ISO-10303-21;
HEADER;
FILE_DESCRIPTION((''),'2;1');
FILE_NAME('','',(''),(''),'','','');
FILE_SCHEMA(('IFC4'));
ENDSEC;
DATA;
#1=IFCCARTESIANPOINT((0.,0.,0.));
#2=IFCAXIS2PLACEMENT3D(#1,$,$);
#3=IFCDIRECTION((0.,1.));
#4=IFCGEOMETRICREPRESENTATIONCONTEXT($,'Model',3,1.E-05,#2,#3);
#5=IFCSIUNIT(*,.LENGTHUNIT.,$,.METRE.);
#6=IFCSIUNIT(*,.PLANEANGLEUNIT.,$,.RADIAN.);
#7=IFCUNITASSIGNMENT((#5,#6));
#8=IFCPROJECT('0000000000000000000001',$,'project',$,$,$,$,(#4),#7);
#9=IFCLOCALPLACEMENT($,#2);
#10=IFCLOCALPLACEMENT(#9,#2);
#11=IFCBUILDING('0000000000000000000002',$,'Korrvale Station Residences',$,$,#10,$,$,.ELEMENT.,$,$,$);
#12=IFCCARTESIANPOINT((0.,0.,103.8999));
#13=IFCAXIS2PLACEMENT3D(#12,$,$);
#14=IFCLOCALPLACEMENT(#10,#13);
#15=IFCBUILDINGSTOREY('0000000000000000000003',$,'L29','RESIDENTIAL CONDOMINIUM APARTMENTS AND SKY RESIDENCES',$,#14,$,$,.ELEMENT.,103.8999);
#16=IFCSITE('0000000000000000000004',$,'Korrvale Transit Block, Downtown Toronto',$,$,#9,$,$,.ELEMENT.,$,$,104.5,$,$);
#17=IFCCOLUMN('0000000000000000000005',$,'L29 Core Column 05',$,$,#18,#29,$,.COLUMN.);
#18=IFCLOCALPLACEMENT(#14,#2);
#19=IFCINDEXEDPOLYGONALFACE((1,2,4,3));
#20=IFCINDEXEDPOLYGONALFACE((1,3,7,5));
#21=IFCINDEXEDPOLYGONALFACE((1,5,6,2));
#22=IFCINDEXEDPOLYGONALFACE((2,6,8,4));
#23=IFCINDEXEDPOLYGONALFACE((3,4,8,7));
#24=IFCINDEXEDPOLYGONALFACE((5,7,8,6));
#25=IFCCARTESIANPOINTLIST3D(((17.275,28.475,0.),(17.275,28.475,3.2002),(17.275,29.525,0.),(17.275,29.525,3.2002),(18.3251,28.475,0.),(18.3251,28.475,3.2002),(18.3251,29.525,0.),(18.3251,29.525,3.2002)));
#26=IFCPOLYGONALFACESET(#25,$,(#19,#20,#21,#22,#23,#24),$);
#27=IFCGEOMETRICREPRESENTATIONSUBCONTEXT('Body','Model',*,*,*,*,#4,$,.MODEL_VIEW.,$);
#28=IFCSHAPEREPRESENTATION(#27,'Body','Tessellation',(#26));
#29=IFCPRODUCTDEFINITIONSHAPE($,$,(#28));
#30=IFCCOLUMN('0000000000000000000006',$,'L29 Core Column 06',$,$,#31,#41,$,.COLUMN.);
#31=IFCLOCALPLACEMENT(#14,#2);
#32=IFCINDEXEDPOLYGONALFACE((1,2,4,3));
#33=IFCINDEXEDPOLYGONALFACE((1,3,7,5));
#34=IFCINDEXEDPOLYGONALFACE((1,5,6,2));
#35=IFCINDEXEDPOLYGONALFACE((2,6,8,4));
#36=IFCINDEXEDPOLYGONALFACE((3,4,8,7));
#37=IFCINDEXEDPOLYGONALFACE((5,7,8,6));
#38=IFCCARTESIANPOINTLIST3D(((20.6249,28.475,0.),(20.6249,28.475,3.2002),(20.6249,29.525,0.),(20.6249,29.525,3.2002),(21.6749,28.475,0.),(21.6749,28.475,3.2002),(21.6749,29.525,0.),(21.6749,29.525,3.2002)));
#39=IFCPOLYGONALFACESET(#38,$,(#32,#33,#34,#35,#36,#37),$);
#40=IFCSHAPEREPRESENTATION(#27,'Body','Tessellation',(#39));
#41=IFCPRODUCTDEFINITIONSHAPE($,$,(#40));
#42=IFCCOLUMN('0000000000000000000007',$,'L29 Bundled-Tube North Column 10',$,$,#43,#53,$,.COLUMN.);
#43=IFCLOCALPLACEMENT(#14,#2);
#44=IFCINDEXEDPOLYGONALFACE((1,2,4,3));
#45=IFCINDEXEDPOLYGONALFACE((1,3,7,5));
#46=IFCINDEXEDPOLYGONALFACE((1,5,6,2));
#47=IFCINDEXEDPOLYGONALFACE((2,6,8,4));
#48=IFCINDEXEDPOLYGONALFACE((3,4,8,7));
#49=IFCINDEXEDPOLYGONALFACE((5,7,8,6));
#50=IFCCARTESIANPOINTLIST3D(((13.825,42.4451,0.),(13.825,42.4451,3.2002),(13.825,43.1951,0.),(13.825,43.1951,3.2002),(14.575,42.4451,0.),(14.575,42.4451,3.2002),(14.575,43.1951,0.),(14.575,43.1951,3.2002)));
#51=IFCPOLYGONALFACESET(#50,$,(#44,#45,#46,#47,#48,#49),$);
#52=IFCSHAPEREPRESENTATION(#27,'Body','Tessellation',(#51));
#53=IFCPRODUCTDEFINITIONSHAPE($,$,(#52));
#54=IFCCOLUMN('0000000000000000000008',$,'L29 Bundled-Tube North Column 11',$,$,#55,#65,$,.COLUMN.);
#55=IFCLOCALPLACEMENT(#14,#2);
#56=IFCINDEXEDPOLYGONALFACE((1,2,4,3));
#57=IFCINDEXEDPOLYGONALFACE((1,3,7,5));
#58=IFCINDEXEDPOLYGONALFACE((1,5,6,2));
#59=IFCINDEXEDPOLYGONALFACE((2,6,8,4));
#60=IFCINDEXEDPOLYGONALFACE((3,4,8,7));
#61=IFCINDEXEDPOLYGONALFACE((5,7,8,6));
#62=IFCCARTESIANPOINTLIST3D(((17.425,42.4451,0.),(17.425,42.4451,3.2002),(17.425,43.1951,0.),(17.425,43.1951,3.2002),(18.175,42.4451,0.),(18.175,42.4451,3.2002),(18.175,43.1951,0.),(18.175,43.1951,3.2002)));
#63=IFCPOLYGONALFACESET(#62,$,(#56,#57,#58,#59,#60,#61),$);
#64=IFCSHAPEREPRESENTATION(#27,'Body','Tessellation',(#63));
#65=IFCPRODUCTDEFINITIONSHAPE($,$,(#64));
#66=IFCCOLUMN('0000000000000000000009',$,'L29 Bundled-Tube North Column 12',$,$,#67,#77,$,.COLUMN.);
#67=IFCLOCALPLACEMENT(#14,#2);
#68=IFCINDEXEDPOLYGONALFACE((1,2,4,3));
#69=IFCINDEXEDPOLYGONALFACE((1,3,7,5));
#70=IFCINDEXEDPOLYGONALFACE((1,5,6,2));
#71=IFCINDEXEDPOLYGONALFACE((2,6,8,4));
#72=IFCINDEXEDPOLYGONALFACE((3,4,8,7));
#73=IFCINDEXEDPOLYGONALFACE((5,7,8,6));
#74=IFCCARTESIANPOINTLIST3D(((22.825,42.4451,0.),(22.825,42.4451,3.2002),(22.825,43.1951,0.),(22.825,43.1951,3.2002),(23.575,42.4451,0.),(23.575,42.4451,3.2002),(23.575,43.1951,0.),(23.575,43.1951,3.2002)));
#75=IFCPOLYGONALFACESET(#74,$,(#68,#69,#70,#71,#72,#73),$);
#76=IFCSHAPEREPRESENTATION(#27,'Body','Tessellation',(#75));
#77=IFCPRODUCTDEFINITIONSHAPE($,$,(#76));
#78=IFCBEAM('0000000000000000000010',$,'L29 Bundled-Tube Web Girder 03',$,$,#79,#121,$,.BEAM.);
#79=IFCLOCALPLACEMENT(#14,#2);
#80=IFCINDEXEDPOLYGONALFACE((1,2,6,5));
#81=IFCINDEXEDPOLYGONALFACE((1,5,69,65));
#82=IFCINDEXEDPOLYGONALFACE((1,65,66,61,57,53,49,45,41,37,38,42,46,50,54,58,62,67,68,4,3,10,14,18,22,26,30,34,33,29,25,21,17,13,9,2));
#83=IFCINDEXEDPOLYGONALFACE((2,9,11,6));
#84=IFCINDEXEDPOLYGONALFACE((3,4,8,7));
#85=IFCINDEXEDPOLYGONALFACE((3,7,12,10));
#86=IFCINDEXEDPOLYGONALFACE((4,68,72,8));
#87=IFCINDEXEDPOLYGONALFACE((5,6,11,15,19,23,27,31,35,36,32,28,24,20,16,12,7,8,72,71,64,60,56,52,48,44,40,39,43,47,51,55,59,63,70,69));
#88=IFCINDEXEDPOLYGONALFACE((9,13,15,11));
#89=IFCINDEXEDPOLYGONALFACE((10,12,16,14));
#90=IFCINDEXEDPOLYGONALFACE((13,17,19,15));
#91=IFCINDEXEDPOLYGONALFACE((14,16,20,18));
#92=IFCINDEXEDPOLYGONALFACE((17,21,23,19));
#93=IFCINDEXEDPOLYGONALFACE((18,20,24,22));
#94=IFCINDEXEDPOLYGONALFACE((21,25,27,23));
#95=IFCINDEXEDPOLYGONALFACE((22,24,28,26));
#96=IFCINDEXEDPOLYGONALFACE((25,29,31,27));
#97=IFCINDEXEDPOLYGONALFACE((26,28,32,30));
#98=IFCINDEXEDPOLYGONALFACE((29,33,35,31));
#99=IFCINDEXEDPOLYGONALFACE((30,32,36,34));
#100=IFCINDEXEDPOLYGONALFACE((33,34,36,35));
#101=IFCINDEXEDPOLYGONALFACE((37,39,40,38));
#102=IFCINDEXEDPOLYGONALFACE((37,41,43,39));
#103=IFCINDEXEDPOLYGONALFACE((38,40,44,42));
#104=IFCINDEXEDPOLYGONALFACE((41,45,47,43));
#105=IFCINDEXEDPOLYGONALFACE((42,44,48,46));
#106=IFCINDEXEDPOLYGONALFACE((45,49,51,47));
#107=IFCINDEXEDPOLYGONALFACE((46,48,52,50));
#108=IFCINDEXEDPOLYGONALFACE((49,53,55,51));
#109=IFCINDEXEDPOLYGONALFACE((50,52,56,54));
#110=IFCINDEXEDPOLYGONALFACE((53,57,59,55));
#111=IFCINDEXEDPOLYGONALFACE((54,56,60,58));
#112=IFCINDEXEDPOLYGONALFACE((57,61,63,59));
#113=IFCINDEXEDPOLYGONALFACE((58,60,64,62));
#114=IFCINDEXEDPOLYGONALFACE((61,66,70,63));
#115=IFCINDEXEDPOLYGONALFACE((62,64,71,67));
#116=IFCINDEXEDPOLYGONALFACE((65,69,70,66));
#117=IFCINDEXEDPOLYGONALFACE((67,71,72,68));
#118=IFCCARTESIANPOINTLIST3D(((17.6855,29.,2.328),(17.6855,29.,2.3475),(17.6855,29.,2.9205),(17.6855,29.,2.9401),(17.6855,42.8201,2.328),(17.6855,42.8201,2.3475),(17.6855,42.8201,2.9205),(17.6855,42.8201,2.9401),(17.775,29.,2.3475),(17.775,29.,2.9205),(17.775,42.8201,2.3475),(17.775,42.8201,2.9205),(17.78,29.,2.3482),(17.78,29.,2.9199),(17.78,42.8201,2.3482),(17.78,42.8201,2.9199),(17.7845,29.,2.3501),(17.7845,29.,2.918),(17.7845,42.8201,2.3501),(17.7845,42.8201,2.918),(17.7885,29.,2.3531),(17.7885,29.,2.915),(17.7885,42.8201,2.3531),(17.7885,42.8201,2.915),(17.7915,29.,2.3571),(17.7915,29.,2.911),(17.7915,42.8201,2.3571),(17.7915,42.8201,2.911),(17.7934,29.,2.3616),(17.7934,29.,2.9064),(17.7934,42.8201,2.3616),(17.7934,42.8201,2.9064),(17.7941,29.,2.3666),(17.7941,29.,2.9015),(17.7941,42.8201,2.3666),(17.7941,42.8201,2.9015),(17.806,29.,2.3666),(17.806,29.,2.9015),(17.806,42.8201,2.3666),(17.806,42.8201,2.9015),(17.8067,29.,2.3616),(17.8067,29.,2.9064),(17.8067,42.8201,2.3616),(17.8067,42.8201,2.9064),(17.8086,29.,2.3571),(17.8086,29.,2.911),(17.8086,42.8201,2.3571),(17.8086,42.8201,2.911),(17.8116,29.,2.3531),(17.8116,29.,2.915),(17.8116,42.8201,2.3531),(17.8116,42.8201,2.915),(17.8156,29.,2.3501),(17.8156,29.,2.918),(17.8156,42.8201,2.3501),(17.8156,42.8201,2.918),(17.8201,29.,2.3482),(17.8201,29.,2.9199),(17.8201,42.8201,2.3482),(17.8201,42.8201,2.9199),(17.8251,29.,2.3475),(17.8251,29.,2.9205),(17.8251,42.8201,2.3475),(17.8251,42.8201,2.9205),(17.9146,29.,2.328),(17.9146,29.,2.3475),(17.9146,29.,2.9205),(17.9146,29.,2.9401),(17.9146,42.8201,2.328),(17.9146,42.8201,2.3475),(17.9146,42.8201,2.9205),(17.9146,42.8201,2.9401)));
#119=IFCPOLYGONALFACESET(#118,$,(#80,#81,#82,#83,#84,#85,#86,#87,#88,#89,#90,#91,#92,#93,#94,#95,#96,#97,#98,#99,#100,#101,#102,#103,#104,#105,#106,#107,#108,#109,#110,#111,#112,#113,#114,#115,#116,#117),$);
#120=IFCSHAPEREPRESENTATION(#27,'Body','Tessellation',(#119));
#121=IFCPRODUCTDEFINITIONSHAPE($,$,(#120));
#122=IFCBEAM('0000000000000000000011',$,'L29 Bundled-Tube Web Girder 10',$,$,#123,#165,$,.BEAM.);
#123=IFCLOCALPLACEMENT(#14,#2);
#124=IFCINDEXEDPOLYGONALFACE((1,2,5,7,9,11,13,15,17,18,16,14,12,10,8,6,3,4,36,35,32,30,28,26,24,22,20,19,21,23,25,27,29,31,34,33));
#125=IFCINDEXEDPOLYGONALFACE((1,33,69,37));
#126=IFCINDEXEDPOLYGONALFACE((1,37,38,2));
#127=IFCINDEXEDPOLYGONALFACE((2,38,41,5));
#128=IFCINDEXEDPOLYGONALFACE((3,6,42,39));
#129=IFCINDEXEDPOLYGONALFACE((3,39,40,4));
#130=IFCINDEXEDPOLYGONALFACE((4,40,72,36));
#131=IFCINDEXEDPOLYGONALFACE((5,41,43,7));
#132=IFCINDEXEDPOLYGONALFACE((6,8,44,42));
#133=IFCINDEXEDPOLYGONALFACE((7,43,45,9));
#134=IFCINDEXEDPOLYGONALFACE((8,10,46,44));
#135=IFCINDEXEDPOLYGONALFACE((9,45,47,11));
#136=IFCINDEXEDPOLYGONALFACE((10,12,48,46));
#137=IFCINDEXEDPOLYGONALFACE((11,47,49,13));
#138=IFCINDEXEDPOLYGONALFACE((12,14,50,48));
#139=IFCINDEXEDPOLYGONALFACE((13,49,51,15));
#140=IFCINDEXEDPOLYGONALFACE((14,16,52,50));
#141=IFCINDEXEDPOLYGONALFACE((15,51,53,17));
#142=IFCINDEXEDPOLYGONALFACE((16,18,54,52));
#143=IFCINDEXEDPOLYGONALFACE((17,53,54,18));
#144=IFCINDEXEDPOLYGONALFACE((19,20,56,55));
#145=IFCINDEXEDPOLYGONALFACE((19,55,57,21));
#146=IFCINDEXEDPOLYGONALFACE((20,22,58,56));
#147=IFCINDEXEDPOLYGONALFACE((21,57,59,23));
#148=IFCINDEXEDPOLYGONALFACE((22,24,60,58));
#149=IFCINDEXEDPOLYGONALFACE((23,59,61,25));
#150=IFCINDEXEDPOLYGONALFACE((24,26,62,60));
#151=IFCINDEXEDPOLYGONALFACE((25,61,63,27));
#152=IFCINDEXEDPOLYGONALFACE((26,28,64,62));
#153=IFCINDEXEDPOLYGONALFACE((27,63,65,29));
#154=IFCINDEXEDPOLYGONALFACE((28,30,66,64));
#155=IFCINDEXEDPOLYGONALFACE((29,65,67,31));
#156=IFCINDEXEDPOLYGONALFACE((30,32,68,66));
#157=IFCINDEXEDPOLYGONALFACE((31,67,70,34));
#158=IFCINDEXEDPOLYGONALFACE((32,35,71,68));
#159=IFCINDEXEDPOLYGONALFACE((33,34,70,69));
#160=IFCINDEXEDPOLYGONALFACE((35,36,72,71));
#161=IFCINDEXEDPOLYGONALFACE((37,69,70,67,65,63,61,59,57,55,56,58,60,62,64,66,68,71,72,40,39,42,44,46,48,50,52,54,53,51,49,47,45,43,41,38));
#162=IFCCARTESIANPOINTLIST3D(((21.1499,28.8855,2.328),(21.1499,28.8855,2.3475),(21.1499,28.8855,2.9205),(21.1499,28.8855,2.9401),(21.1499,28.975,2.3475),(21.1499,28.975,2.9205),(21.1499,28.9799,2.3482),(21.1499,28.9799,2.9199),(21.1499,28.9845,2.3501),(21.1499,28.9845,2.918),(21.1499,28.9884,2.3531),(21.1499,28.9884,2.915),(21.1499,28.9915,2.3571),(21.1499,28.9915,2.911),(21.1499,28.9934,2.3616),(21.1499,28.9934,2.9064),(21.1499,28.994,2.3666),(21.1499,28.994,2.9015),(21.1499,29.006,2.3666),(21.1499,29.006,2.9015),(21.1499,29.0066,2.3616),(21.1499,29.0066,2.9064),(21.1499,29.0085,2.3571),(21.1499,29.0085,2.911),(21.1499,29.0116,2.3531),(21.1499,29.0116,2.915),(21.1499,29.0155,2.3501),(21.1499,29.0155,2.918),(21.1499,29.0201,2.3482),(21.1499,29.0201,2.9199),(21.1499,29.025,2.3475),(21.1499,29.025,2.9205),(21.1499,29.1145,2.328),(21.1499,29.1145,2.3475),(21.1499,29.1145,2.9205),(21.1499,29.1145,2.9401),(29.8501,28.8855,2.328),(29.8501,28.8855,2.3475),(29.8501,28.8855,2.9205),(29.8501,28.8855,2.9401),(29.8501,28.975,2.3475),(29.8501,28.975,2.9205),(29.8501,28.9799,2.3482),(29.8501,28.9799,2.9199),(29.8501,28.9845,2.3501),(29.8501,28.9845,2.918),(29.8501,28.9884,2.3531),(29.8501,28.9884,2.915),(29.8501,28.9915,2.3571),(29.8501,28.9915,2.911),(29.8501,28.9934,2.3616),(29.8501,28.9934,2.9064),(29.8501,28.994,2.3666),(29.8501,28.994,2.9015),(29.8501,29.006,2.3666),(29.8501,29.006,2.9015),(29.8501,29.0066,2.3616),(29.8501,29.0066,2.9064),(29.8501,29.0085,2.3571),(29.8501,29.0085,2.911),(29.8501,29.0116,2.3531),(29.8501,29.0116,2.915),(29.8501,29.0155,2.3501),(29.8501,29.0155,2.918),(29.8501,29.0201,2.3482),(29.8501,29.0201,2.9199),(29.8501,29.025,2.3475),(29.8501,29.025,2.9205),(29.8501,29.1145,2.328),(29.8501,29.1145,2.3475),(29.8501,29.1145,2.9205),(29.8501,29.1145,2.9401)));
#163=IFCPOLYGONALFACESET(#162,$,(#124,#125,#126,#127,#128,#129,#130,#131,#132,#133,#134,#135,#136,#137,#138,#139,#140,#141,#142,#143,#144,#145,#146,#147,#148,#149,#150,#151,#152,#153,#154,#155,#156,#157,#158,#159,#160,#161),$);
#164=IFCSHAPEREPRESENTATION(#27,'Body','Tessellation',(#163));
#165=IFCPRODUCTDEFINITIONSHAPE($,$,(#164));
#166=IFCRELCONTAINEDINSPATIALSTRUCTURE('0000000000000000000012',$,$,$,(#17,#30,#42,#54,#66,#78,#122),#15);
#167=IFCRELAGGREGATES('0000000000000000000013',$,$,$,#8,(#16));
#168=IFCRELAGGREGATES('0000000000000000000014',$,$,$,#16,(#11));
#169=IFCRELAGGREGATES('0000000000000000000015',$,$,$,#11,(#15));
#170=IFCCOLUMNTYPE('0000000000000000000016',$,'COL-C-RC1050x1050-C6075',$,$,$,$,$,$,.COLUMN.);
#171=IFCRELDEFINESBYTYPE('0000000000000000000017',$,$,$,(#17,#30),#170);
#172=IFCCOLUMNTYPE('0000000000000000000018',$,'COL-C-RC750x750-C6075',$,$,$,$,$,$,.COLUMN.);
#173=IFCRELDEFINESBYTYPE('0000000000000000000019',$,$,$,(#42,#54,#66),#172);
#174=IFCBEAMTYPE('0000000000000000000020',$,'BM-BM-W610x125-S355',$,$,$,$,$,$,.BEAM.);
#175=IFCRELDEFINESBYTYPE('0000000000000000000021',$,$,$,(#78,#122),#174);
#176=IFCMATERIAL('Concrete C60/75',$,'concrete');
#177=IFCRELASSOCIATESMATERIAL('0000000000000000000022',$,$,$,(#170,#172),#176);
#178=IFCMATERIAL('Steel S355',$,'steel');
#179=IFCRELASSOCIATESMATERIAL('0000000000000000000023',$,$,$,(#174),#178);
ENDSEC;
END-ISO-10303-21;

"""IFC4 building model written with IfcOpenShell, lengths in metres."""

from ifc_helpers import new_model, si_unit, direction, frame, origin, origin_2d, place, context, subcontext, project, spatial, rectangle, i_section, extrude, material, material_profile, profile_set, type_object, element, save


model = new_model("IFC4")

# Units and contexts
model_context = context("Model", 3, precision=1e-05, world=origin(), true_north=direction((0.0, 1.0)))
body_context = subcontext(model_context, "Body", "Model", "MODEL_VIEW")
ifc_project = project(units=[si_unit("LENGTHUNIT", "METRE"), si_unit("PLANEANGLEUNIT", "RADIAN")], contexts=[model_context])

# Site, building, storey
site_placement = place(None, origin())
site = spatial("IfcSite", under=ifc_project, at=site_placement, Name="Korrvale Transit Block, Downtown Toronto", CompositionType="ELEMENT", RefElevation=104.5)
building_placement = place(site_placement, origin())
building = spatial("IfcBuilding", under=site, at=building_placement, Name="Korrvale Station Residences", CompositionType="ELEMENT")
storey_placement = place(building_placement, frame((0.0, 0.0, 103.8999)))
storey = spatial("IfcBuildingStorey", under=building, at=storey_placement, Name="L29", Description="RESIDENTIAL CONDOMINIUM APARTMENTS AND SKY RESIDENCES", CompositionType="ELEMENT", Elevation=103.8999)

# Columns
ifc_material_1 = material(Name="Concrete C60/75", Category="concrete")
ifc_material_profile_1 = material_profile(ifc_material_1, rectangle(XDim=1.05, YDim=1.05, at=origin_2d()), Name="RC1050x1050")
ifc_profile_set_1 = profile_set([ifc_material_profile_1], Name="Concrete C60/75")
column_type_1 = type_object("IfcColumnType", Name="COL-C-RC1050x1050-C6075", PredefinedType="COLUMN", material=ifc_profile_set_1)
for number, where, z_axis, x_axis, name in (
    (1, (17.8, 29.0, 0.0), (0.0, 0.0, 1.0), (1.0, 0.0, 0.0), "L29 Core Column 05"),
    (2, (21.1499, 29.0, 0.0), (0.0, 0.0, 1.0), (1.0, 0.0, 0.0), "L29 Core Column 06"),
):
    element("IfcColumn", number, at=place(storey_placement, frame(where, z_axis=z_axis, x_axis=x_axis)), inside=storey, type_object=column_type_1, Name=name, PredefinedType="COLUMN", context=body_context, shape_type="SweptSolid", body=[
        extrude(rectangle(XDim=1.05, YDim=1.05, at=origin_2d()), origin(), (0.0, 0.0, 1.0), 3.2002),
    ])
ifc_material_profile_2 = material_profile(ifc_material_1, rectangle(XDim=0.75, YDim=0.75, at=origin_2d()), Name="RC750x750")
ifc_profile_set_2 = profile_set([ifc_material_profile_2], Name="Concrete C60/75")
column_type_2 = type_object("IfcColumnType", Name="COL-C-RC750x750-C6075", PredefinedType="COLUMN", material=ifc_profile_set_2)
for number, where, z_axis, x_axis, name in (
    (3, (14.2, 42.8201, 0.0), (0.0, 0.0, 1.0), (1.0, 0.0, 0.0), "L29 Bundled-Tube North Column 10"),
    (4, (17.8, 42.8201, 0.0), (0.0, 0.0, 1.0), (1.0, 0.0, 0.0), "L29 Bundled-Tube North Column 11"),
    (5, (23.2, 42.8201, 0.0), (0.0, 0.0, 1.0), (1.0, 0.0, 0.0), "L29 Bundled-Tube North Column 12"),
):
    element("IfcColumn", number, at=place(storey_placement, frame(where, z_axis=z_axis, x_axis=x_axis)), inside=storey, type_object=column_type_2, Name=name, PredefinedType="COLUMN", context=body_context, shape_type="SweptSolid", body=[
        extrude(rectangle(XDim=0.75, YDim=0.75, at=origin_2d()), origin(), (0.0, 0.0, 1.0), 3.2002),
    ])

# Beams
ifc_material_2 = material(Name="Steel S355", Category="steel")
ifc_material_profile_3 = material_profile(ifc_material_2, i_section(OverallWidth=0.229, OverallDepth=0.6121, WebThickness=0.012, FlangeThickness=0.0195, FilletRadius=0.019, at=origin_2d()), Name="W610x125")
ifc_profile_set_3 = profile_set([ifc_material_profile_3], Name="Steel S355")
beam_type_1 = type_object("IfcBeamType", Name="BM-BM-W610x125-S355", PredefinedType="BEAM", material=ifc_profile_set_3)
beam_1_placement = place(storey_placement, frame((17.8, 29.0, 2.634), z_axis=(0.0, 1.0, 0.0), x_axis=(-1.0, 0.0, 0.0)))
element("IfcBeam", 6, at=beam_1_placement, inside=storey, type_object=beam_type_1, Name="L29 Bundled-Tube Web Girder 03", PredefinedType="BEAM", context=body_context, shape_type="SweptSolid", body=[
    extrude(i_section(OverallWidth=0.229, OverallDepth=0.6121, WebThickness=0.012, FlangeThickness=0.0195, FilletRadius=0.019, at=origin_2d()), origin(), (0.0, 0.0, 1.0), 13.8201),
])
beam_2_placement = place(storey_placement, frame((21.1499, 29.0, 2.634), z_axis=(1.0, 0.0, 0.0), x_axis=(0.0, 1.0, 0.0)))
element("IfcBeam", 7, at=beam_2_placement, inside=storey, type_object=beam_type_1, Name="L29 Bundled-Tube Web Girder 10", PredefinedType="BEAM", context=body_context, shape_type="SweptSolid", body=[
    extrude(i_section(OverallWidth=0.229, OverallDepth=0.6121, WebThickness=0.012, FlangeThickness=0.0195, FilletRadius=0.019, at=origin_2d()), origin(), (0.0, 0.0, 1.0), 8.7002),
])

save(model, "model.ifc")
